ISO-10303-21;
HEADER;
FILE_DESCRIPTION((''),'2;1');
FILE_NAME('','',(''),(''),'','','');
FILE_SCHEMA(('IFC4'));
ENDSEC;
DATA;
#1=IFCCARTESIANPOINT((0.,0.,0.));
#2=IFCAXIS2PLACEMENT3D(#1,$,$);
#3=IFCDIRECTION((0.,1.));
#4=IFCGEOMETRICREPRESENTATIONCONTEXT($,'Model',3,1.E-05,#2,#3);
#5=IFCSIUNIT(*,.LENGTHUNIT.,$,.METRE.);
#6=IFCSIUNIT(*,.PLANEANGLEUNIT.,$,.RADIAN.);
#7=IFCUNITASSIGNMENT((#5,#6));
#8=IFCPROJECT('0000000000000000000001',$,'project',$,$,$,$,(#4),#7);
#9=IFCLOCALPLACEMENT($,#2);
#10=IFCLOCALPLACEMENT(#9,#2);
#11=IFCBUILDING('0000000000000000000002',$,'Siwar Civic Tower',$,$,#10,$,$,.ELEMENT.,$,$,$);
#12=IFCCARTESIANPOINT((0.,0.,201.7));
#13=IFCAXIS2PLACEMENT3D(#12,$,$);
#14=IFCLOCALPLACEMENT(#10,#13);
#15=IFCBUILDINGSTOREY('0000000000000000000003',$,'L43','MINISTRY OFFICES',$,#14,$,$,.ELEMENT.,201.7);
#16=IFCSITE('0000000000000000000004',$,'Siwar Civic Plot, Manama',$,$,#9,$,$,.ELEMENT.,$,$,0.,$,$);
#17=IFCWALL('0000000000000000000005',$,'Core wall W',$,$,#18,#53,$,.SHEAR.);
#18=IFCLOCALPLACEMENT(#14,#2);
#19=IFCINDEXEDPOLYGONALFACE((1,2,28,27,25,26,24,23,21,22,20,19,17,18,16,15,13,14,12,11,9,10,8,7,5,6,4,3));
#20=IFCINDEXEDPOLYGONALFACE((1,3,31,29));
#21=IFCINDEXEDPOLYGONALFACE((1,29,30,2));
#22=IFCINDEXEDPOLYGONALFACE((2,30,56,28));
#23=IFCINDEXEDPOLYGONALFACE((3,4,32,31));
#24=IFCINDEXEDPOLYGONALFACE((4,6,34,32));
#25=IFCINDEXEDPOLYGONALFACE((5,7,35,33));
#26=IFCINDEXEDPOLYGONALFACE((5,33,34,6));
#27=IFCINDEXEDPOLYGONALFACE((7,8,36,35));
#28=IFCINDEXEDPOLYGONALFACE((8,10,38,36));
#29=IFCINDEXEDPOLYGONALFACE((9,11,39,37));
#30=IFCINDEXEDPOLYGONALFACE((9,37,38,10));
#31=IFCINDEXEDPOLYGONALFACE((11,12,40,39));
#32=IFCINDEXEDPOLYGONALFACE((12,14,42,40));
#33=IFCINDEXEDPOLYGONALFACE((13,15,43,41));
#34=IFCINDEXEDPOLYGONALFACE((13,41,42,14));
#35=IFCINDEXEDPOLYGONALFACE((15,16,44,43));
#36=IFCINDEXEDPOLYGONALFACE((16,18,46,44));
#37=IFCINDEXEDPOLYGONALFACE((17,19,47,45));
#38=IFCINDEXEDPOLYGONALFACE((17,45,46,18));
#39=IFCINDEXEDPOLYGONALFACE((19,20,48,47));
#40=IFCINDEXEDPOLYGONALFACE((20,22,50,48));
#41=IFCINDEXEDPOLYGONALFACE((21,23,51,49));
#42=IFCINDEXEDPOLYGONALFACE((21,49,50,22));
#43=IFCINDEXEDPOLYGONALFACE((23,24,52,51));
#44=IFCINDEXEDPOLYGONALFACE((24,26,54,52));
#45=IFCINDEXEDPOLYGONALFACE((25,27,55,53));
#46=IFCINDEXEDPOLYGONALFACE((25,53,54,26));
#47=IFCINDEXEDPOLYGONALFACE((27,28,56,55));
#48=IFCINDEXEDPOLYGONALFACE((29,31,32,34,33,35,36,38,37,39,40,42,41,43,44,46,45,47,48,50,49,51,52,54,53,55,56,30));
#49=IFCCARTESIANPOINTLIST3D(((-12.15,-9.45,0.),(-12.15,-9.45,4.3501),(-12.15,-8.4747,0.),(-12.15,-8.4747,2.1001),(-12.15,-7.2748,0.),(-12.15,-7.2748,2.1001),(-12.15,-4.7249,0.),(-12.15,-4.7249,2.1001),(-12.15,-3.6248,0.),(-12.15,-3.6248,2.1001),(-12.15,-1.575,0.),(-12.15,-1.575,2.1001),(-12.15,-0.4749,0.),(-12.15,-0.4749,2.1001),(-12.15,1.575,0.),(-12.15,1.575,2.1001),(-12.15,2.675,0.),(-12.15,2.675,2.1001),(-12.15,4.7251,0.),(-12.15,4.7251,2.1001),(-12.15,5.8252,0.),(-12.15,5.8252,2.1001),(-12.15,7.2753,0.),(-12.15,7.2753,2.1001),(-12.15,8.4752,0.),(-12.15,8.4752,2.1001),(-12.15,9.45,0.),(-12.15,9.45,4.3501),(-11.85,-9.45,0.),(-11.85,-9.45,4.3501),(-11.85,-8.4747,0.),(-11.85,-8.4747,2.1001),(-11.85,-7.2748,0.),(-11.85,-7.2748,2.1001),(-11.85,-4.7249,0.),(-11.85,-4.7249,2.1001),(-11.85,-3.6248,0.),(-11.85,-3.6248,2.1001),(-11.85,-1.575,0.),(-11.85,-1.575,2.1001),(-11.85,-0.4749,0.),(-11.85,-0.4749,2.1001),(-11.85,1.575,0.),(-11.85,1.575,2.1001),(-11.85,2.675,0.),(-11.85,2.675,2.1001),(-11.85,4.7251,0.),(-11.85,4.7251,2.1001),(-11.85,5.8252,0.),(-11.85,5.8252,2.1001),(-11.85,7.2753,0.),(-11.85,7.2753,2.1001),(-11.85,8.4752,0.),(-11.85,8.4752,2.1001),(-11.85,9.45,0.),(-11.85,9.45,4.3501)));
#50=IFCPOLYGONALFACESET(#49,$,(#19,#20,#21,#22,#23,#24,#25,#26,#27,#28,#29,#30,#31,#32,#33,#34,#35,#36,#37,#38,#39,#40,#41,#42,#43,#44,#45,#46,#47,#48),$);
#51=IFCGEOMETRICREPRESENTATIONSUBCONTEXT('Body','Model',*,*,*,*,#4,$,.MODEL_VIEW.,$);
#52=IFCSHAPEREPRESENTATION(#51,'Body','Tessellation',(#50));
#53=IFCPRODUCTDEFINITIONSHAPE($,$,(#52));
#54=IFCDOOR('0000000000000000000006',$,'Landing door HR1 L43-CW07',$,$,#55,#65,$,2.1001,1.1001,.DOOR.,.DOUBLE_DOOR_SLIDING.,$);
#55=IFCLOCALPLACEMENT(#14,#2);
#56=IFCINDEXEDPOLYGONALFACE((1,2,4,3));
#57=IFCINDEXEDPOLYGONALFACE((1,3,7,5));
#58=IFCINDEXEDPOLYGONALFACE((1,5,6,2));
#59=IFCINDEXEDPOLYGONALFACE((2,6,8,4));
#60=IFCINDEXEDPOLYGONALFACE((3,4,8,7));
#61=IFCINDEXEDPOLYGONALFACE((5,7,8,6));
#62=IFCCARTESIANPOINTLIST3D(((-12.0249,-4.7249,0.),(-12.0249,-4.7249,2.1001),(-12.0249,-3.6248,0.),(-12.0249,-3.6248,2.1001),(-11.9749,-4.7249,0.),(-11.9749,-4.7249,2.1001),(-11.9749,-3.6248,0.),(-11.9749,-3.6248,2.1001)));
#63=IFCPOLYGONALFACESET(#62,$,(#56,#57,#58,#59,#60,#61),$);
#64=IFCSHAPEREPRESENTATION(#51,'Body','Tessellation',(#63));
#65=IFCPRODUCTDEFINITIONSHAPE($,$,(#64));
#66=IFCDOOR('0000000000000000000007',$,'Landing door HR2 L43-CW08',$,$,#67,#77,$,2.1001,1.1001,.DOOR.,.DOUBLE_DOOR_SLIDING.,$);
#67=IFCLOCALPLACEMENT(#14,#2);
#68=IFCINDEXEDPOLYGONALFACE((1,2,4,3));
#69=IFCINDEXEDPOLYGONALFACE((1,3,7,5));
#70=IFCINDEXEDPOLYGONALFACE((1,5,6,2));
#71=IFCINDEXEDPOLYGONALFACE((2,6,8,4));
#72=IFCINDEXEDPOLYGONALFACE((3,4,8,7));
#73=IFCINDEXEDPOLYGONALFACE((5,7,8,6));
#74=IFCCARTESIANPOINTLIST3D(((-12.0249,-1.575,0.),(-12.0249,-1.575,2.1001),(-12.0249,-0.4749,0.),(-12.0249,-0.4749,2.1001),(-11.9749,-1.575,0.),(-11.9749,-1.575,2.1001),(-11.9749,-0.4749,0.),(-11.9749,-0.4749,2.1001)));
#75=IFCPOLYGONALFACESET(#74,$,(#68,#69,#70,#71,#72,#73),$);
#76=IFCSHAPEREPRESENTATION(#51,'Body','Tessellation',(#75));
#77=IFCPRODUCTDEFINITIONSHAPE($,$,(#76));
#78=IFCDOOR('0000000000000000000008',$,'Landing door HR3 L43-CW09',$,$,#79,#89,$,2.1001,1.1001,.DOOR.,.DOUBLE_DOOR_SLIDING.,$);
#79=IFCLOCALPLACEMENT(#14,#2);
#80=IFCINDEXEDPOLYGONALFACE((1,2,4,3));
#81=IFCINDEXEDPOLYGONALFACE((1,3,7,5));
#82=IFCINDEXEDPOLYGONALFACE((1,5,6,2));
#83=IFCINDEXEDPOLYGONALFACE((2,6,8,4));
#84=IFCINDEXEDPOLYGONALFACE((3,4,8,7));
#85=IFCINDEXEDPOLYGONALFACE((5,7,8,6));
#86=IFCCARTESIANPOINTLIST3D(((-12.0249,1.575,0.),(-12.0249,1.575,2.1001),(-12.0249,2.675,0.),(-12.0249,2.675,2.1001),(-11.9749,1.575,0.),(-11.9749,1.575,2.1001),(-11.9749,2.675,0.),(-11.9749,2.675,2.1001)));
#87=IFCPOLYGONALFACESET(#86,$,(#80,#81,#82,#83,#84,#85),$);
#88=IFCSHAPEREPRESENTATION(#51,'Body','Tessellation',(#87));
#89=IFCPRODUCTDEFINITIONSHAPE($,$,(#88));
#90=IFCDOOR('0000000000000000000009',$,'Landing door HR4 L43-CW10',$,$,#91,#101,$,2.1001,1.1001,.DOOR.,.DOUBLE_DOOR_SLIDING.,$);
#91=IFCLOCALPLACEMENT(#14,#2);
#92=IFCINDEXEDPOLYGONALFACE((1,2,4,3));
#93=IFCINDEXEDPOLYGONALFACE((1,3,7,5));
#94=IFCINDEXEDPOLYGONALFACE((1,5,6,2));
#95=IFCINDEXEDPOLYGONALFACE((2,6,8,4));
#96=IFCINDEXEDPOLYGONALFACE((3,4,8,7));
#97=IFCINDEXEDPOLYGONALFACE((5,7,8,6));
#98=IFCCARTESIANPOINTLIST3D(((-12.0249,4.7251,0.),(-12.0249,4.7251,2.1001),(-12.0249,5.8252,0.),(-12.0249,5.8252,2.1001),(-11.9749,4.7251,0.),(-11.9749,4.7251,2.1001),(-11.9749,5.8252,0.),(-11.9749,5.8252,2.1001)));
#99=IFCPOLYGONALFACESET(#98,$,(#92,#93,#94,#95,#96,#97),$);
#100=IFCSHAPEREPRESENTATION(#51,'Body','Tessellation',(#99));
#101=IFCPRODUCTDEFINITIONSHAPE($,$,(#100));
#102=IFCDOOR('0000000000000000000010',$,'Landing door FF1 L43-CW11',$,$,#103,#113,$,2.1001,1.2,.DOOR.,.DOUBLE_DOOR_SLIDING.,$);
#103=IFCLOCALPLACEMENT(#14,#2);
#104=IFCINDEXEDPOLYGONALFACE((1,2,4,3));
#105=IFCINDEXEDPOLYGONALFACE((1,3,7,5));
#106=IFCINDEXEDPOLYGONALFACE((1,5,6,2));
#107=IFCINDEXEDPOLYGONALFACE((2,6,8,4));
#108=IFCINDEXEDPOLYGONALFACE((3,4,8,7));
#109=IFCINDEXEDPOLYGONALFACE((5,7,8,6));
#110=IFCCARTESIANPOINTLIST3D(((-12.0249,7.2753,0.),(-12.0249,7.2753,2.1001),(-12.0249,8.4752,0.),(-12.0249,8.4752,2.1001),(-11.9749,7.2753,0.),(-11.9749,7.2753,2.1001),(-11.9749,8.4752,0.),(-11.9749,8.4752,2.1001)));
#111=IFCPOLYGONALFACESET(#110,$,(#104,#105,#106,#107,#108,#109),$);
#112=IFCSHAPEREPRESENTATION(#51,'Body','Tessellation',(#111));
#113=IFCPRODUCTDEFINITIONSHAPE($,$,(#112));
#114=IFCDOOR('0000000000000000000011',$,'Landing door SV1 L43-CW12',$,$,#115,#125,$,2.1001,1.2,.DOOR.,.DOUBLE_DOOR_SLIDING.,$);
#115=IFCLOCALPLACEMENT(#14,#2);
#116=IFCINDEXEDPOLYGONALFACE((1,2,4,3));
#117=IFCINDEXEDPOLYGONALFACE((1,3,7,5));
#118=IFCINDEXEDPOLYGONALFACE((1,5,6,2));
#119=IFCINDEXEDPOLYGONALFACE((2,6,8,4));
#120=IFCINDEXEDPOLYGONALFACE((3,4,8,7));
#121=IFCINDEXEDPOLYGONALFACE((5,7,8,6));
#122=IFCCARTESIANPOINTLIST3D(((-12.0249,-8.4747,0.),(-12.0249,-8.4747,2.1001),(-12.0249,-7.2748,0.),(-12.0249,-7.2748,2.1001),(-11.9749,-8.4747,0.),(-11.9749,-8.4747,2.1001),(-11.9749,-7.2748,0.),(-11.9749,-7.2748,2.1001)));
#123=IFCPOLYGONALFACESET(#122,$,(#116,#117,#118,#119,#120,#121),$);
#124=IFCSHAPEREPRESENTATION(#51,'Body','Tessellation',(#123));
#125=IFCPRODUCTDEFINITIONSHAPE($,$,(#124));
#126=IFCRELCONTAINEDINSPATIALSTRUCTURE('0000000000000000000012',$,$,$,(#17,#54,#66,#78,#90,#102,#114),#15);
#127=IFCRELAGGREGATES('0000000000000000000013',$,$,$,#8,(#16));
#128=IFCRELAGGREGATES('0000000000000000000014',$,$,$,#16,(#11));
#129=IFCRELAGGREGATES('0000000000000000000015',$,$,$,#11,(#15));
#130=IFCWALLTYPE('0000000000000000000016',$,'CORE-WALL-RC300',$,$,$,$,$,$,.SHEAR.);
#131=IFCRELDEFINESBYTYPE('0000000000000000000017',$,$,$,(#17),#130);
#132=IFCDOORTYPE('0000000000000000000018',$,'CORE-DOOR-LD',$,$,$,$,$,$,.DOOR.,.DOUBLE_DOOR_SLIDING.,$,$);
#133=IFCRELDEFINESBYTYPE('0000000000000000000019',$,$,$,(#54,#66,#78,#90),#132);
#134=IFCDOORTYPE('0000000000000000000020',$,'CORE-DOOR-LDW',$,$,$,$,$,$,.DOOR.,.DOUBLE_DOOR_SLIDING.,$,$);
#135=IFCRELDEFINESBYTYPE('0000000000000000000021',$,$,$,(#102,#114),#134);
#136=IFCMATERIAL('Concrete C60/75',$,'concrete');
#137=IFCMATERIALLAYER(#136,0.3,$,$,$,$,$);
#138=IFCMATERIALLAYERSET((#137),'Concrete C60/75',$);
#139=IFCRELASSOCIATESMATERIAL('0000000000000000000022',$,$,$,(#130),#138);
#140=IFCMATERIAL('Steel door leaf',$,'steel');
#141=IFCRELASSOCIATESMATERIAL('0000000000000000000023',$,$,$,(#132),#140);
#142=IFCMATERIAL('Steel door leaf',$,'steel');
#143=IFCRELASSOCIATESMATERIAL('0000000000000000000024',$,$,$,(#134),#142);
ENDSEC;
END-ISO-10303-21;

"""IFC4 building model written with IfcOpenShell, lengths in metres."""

from ifc_helpers import new_model, si_unit, direction, frame, frame_2d, origin, place, context, subcontext, project, spatial, rectangle, extrude, material, layer, layer_set, type_object, element, fill, save


model = new_model("IFC4")

# Units and contexts
model_context = context("Model", 3, precision=1e-05, world=origin(), true_north=direction((0.0, 1.0)))
body_context = subcontext(model_context, "Body", "Model", "MODEL_VIEW")
ifc_project = project(units=[si_unit("LENGTHUNIT", "METRE"), si_unit("PLANEANGLEUNIT", "RADIAN")], contexts=[model_context])

# Site, building, storey
site_placement = place(None, origin())
site = spatial("IfcSite", under=ifc_project, at=site_placement, Name="Siwar Civic Plot, Manama", CompositionType="ELEMENT", RefElevation=0.0)
building_placement = place(site_placement, origin())
building = spatial("IfcBuilding", under=site, at=building_placement, Name="Siwar Civic Tower", CompositionType="ELEMENT")
storey_placement = place(building_placement, frame((0.0, 0.0, 201.7)))
storey = spatial("IfcBuildingStorey", under=building, at=storey_placement, Name="L43", Description="MINISTRY OFFICES", CompositionType="ELEMENT", Elevation=201.7)

# Wall, openings, doors
ifc_material_1 = material(Name="Concrete C60/75", Category="concrete")
ifc_layer_1 = layer(ifc_material_1, 0.3)
ifc_layer_set_1 = layer_set([ifc_layer_1], Name="Concrete C60/75")
wall_type_1 = type_object("IfcWallType", Name="CORE-WALL-RC300", PredefinedType="SHEAR", material=ifc_layer_set_1)
wall_1_placement = place(storey_placement, frame((-12.0, -9.45, 0.0), z_axis=(0.0, 0.0, 1.0), x_axis=(0.0, 1.0, 0.0)))
wall_1 = element("IfcWall", 1, at=wall_1_placement, inside=storey, type_object=wall_type_1, Name="Core wall W", PredefinedType="SHEAR", context=body_context, shape_type="SweptSolid", body=[
    extrude(rectangle(XDim=18.8999, YDim=0.3, at=frame_2d((9.45, 0.0))), origin(), (0.0, 0.0, 1.0), 4.3501),
])
opening_1_placement = place(wall_1_placement, frame((4.7251, 0.0, 0.0)))
opening_1 = element("IfcOpeningElement", 2, at=opening_1_placement, cuts=wall_1, PredefinedType="OPENING", context=body_context, shape_type="SweptSolid", body=[
    extrude(rectangle(XDim=1.1001, YDim=2.1001, at=frame_2d((0.55, 1.05))), frame((0.0, 0.1602, 0.0), z_axis=(0.0, -1.0, 0.0), x_axis=(1.0, 0.0, 0.0)), (0.0, 0.0, 1.0), 0.3201),
])
opening_2_placement = place(wall_1_placement, frame((7.875, 0.0, 0.0)))
opening_2 = element("IfcOpeningElement", 3, at=opening_2_placement, cuts=wall_1, PredefinedType="OPENING", context=body_context, shape_type="SweptSolid", body=[
    extrude(rectangle(XDim=1.1001, YDim=2.1001, at=frame_2d((0.55, 1.05))), frame((0.0, 0.1602, 0.0), z_axis=(0.0, -1.0, 0.0), x_axis=(1.0, 0.0, 0.0)), (0.0, 0.0, 1.0), 0.3201),
])
opening_3_placement = place(wall_1_placement, frame((11.0249, 0.0, 0.0)))
opening_3 = element("IfcOpeningElement", 4, at=opening_3_placement, cuts=wall_1, PredefinedType="OPENING", context=body_context, shape_type="SweptSolid", body=[
    extrude(rectangle(XDim=1.1001, YDim=2.1001, at=frame_2d((0.55, 1.05))), frame((0.0, 0.1602, 0.0), z_axis=(0.0, -1.0, 0.0), x_axis=(1.0, 0.0, 0.0)), (0.0, 0.0, 1.0), 0.3201),
])
opening_4_placement = place(wall_1_placement, frame((14.175, 0.0, 0.0)))
opening_4 = element("IfcOpeningElement", 5, at=opening_4_placement, cuts=wall_1, PredefinedType="OPENING", context=body_context, shape_type="SweptSolid", body=[
    extrude(rectangle(XDim=1.1001, YDim=2.1001, at=frame_2d((0.55, 1.05))), frame((0.0, 0.1602, 0.0), z_axis=(0.0, -1.0, 0.0), x_axis=(1.0, 0.0, 0.0)), (0.0, 0.0, 1.0), 0.3201),
])
opening_5_placement = place(wall_1_placement, frame((16.7251, 0.0, 0.0)))
opening_5 = element("IfcOpeningElement", 6, at=opening_5_placement, cuts=wall_1, PredefinedType="OPENING", context=body_context, shape_type="SweptSolid", body=[
    extrude(rectangle(XDim=1.2, YDim=2.1001, at=frame_2d((0.6001, 1.05))), frame((0.0, 0.1602, 0.0), z_axis=(0.0, -1.0, 0.0), x_axis=(1.0, 0.0, 0.0)), (0.0, 0.0, 1.0), 0.3201),
])
opening_6_placement = place(wall_1_placement, frame((0.9751, 0.0, 0.0)))
opening_6 = element("IfcOpeningElement", 7, at=opening_6_placement, cuts=wall_1, PredefinedType="OPENING", context=body_context, shape_type="SweptSolid", body=[
    extrude(rectangle(XDim=1.2, YDim=2.1001, at=frame_2d((0.6001, 1.05))), frame((0.0, 0.1602, 0.0), z_axis=(0.0, -1.0, 0.0), x_axis=(1.0, 0.0, 0.0)), (0.0, 0.0, 1.0), 0.3201),
])
ifc_material_2 = material(Name="Steel door leaf", Category="steel")
door_type_1 = type_object("IfcDoorType", Name="CORE-DOOR-LD", OperationType="DOUBLE_DOOR_SLIDING", PredefinedType="DOOR", material=ifc_material_2)
door_1_placement = place(opening_1_placement, origin())
door_1 = element("IfcDoor", 8, at=door_1_placement, inside=storey, type_object=door_type_1, Name="Landing door HR1 L43-CW07", OperationType="DOUBLE_DOOR_SLIDING", OverallHeight=2.1001, OverallWidth=1.1001, PredefinedType="DOOR", context=body_context, shape_type="SweptSolid", body=[
    extrude(rectangle(XDim=1.1001, YDim=2.1001, at=frame_2d((0.55, 1.05))), frame((0.0, 0.0249, 0.0), z_axis=(0.0, -1.0, 0.0), x_axis=(1.0, 0.0, 0.0)), (0.0, 0.0, 1.0), 0.05),
])
fill(opening_1, door_1)
door_2_placement = place(opening_2_placement, origin())
door_2 = element("IfcDoor", 9, at=door_2_placement, inside=storey, type_object=door_type_1, Name="Landing door HR2 L43-CW08", OperationType="DOUBLE_DOOR_SLIDING", OverallHeight=2.1001, OverallWidth=1.1001, PredefinedType="DOOR", context=body_context, shape_type="SweptSolid", body=[
    extrude(rectangle(XDim=1.1001, YDim=2.1001, at=frame_2d((0.55, 1.05))), frame((0.0, 0.0249, 0.0), z_axis=(0.0, -1.0, 0.0), x_axis=(1.0, 0.0, 0.0)), (0.0, 0.0, 1.0), 0.05),
])
fill(opening_2, door_2)
door_3_placement = place(opening_3_placement, origin())
door_3 = element("IfcDoor", 10, at=door_3_placement, inside=storey, type_object=door_type_1, Name="Landing door HR3 L43-CW09", OperationType="DOUBLE_DOOR_SLIDING", OverallHeight=2.1001, OverallWidth=1.1001, PredefinedType="DOOR", context=body_context, shape_type="SweptSolid", body=[
    extrude(rectangle(XDim=1.1001, YDim=2.1001, at=frame_2d((0.55, 1.05))), frame((0.0, 0.0249, 0.0), z_axis=(0.0, -1.0, 0.0), x_axis=(1.0, 0.0, 0.0)), (0.0, 0.0, 1.0), 0.05),
])
fill(opening_3, door_3)
door_4_placement = place(opening_4_placement, origin())
door_4 = element("IfcDoor", 11, at=door_4_placement, inside=storey, type_object=door_type_1, Name="Landing door HR4 L43-CW10", OperationType="DOUBLE_DOOR_SLIDING", OverallHeight=2.1001, OverallWidth=1.1001, PredefinedType="DOOR", context=body_context, shape_type="SweptSolid", body=[
    extrude(rectangle(XDim=1.1001, YDim=2.1001, at=frame_2d((0.55, 1.05))), frame((0.0, 0.0249, 0.0), z_axis=(0.0, -1.0, 0.0), x_axis=(1.0, 0.0, 0.0)), (0.0, 0.0, 1.0), 0.05),
])
fill(opening_4, door_4)
ifc_material_3 = material(Name="Steel door leaf", Category="steel")
door_type_2 = type_object("IfcDoorType", Name="CORE-DOOR-LDW", OperationType="DOUBLE_DOOR_SLIDING", PredefinedType="DOOR", material=ifc_material_3)
door_5_placement = place(opening_5_placement, origin())
door_5 = element("IfcDoor", 12, at=door_5_placement, inside=storey, type_object=door_type_2, Name="Landing door FF1 L43-CW11", OperationType="DOUBLE_DOOR_SLIDING", OverallHeight=2.1001, OverallWidth=1.2, PredefinedType="DOOR", context=body_context, shape_type="SweptSolid", body=[
    extrude(rectangle(XDim=1.2, YDim=2.1001, at=frame_2d((0.6001, 1.05))), frame((0.0, 0.0249, 0.0), z_axis=(0.0, -1.0, 0.0), x_axis=(1.0, 0.0, 0.0)), (0.0, 0.0, 1.0), 0.05),
])
fill(opening_5, door_5)
door_6_placement = place(opening_6_placement, origin())
door_6 = element("IfcDoor", 13, at=door_6_placement, inside=storey, type_object=door_type_2, Name="Landing door SV1 L43-CW12", OperationType="DOUBLE_DOOR_SLIDING", OverallHeight=2.1001, OverallWidth=1.2, PredefinedType="DOOR", context=body_context, shape_type="SweptSolid", body=[
    extrude(rectangle(XDim=1.2, YDim=2.1001, at=frame_2d((0.6001, 1.05))), frame((0.0, 0.0249, 0.0), z_axis=(0.0, -1.0, 0.0), x_axis=(1.0, 0.0, 0.0)), (0.0, 0.0, 1.0), 0.05),
])
fill(opening_6, door_6)

save(model, "model.ifc")
